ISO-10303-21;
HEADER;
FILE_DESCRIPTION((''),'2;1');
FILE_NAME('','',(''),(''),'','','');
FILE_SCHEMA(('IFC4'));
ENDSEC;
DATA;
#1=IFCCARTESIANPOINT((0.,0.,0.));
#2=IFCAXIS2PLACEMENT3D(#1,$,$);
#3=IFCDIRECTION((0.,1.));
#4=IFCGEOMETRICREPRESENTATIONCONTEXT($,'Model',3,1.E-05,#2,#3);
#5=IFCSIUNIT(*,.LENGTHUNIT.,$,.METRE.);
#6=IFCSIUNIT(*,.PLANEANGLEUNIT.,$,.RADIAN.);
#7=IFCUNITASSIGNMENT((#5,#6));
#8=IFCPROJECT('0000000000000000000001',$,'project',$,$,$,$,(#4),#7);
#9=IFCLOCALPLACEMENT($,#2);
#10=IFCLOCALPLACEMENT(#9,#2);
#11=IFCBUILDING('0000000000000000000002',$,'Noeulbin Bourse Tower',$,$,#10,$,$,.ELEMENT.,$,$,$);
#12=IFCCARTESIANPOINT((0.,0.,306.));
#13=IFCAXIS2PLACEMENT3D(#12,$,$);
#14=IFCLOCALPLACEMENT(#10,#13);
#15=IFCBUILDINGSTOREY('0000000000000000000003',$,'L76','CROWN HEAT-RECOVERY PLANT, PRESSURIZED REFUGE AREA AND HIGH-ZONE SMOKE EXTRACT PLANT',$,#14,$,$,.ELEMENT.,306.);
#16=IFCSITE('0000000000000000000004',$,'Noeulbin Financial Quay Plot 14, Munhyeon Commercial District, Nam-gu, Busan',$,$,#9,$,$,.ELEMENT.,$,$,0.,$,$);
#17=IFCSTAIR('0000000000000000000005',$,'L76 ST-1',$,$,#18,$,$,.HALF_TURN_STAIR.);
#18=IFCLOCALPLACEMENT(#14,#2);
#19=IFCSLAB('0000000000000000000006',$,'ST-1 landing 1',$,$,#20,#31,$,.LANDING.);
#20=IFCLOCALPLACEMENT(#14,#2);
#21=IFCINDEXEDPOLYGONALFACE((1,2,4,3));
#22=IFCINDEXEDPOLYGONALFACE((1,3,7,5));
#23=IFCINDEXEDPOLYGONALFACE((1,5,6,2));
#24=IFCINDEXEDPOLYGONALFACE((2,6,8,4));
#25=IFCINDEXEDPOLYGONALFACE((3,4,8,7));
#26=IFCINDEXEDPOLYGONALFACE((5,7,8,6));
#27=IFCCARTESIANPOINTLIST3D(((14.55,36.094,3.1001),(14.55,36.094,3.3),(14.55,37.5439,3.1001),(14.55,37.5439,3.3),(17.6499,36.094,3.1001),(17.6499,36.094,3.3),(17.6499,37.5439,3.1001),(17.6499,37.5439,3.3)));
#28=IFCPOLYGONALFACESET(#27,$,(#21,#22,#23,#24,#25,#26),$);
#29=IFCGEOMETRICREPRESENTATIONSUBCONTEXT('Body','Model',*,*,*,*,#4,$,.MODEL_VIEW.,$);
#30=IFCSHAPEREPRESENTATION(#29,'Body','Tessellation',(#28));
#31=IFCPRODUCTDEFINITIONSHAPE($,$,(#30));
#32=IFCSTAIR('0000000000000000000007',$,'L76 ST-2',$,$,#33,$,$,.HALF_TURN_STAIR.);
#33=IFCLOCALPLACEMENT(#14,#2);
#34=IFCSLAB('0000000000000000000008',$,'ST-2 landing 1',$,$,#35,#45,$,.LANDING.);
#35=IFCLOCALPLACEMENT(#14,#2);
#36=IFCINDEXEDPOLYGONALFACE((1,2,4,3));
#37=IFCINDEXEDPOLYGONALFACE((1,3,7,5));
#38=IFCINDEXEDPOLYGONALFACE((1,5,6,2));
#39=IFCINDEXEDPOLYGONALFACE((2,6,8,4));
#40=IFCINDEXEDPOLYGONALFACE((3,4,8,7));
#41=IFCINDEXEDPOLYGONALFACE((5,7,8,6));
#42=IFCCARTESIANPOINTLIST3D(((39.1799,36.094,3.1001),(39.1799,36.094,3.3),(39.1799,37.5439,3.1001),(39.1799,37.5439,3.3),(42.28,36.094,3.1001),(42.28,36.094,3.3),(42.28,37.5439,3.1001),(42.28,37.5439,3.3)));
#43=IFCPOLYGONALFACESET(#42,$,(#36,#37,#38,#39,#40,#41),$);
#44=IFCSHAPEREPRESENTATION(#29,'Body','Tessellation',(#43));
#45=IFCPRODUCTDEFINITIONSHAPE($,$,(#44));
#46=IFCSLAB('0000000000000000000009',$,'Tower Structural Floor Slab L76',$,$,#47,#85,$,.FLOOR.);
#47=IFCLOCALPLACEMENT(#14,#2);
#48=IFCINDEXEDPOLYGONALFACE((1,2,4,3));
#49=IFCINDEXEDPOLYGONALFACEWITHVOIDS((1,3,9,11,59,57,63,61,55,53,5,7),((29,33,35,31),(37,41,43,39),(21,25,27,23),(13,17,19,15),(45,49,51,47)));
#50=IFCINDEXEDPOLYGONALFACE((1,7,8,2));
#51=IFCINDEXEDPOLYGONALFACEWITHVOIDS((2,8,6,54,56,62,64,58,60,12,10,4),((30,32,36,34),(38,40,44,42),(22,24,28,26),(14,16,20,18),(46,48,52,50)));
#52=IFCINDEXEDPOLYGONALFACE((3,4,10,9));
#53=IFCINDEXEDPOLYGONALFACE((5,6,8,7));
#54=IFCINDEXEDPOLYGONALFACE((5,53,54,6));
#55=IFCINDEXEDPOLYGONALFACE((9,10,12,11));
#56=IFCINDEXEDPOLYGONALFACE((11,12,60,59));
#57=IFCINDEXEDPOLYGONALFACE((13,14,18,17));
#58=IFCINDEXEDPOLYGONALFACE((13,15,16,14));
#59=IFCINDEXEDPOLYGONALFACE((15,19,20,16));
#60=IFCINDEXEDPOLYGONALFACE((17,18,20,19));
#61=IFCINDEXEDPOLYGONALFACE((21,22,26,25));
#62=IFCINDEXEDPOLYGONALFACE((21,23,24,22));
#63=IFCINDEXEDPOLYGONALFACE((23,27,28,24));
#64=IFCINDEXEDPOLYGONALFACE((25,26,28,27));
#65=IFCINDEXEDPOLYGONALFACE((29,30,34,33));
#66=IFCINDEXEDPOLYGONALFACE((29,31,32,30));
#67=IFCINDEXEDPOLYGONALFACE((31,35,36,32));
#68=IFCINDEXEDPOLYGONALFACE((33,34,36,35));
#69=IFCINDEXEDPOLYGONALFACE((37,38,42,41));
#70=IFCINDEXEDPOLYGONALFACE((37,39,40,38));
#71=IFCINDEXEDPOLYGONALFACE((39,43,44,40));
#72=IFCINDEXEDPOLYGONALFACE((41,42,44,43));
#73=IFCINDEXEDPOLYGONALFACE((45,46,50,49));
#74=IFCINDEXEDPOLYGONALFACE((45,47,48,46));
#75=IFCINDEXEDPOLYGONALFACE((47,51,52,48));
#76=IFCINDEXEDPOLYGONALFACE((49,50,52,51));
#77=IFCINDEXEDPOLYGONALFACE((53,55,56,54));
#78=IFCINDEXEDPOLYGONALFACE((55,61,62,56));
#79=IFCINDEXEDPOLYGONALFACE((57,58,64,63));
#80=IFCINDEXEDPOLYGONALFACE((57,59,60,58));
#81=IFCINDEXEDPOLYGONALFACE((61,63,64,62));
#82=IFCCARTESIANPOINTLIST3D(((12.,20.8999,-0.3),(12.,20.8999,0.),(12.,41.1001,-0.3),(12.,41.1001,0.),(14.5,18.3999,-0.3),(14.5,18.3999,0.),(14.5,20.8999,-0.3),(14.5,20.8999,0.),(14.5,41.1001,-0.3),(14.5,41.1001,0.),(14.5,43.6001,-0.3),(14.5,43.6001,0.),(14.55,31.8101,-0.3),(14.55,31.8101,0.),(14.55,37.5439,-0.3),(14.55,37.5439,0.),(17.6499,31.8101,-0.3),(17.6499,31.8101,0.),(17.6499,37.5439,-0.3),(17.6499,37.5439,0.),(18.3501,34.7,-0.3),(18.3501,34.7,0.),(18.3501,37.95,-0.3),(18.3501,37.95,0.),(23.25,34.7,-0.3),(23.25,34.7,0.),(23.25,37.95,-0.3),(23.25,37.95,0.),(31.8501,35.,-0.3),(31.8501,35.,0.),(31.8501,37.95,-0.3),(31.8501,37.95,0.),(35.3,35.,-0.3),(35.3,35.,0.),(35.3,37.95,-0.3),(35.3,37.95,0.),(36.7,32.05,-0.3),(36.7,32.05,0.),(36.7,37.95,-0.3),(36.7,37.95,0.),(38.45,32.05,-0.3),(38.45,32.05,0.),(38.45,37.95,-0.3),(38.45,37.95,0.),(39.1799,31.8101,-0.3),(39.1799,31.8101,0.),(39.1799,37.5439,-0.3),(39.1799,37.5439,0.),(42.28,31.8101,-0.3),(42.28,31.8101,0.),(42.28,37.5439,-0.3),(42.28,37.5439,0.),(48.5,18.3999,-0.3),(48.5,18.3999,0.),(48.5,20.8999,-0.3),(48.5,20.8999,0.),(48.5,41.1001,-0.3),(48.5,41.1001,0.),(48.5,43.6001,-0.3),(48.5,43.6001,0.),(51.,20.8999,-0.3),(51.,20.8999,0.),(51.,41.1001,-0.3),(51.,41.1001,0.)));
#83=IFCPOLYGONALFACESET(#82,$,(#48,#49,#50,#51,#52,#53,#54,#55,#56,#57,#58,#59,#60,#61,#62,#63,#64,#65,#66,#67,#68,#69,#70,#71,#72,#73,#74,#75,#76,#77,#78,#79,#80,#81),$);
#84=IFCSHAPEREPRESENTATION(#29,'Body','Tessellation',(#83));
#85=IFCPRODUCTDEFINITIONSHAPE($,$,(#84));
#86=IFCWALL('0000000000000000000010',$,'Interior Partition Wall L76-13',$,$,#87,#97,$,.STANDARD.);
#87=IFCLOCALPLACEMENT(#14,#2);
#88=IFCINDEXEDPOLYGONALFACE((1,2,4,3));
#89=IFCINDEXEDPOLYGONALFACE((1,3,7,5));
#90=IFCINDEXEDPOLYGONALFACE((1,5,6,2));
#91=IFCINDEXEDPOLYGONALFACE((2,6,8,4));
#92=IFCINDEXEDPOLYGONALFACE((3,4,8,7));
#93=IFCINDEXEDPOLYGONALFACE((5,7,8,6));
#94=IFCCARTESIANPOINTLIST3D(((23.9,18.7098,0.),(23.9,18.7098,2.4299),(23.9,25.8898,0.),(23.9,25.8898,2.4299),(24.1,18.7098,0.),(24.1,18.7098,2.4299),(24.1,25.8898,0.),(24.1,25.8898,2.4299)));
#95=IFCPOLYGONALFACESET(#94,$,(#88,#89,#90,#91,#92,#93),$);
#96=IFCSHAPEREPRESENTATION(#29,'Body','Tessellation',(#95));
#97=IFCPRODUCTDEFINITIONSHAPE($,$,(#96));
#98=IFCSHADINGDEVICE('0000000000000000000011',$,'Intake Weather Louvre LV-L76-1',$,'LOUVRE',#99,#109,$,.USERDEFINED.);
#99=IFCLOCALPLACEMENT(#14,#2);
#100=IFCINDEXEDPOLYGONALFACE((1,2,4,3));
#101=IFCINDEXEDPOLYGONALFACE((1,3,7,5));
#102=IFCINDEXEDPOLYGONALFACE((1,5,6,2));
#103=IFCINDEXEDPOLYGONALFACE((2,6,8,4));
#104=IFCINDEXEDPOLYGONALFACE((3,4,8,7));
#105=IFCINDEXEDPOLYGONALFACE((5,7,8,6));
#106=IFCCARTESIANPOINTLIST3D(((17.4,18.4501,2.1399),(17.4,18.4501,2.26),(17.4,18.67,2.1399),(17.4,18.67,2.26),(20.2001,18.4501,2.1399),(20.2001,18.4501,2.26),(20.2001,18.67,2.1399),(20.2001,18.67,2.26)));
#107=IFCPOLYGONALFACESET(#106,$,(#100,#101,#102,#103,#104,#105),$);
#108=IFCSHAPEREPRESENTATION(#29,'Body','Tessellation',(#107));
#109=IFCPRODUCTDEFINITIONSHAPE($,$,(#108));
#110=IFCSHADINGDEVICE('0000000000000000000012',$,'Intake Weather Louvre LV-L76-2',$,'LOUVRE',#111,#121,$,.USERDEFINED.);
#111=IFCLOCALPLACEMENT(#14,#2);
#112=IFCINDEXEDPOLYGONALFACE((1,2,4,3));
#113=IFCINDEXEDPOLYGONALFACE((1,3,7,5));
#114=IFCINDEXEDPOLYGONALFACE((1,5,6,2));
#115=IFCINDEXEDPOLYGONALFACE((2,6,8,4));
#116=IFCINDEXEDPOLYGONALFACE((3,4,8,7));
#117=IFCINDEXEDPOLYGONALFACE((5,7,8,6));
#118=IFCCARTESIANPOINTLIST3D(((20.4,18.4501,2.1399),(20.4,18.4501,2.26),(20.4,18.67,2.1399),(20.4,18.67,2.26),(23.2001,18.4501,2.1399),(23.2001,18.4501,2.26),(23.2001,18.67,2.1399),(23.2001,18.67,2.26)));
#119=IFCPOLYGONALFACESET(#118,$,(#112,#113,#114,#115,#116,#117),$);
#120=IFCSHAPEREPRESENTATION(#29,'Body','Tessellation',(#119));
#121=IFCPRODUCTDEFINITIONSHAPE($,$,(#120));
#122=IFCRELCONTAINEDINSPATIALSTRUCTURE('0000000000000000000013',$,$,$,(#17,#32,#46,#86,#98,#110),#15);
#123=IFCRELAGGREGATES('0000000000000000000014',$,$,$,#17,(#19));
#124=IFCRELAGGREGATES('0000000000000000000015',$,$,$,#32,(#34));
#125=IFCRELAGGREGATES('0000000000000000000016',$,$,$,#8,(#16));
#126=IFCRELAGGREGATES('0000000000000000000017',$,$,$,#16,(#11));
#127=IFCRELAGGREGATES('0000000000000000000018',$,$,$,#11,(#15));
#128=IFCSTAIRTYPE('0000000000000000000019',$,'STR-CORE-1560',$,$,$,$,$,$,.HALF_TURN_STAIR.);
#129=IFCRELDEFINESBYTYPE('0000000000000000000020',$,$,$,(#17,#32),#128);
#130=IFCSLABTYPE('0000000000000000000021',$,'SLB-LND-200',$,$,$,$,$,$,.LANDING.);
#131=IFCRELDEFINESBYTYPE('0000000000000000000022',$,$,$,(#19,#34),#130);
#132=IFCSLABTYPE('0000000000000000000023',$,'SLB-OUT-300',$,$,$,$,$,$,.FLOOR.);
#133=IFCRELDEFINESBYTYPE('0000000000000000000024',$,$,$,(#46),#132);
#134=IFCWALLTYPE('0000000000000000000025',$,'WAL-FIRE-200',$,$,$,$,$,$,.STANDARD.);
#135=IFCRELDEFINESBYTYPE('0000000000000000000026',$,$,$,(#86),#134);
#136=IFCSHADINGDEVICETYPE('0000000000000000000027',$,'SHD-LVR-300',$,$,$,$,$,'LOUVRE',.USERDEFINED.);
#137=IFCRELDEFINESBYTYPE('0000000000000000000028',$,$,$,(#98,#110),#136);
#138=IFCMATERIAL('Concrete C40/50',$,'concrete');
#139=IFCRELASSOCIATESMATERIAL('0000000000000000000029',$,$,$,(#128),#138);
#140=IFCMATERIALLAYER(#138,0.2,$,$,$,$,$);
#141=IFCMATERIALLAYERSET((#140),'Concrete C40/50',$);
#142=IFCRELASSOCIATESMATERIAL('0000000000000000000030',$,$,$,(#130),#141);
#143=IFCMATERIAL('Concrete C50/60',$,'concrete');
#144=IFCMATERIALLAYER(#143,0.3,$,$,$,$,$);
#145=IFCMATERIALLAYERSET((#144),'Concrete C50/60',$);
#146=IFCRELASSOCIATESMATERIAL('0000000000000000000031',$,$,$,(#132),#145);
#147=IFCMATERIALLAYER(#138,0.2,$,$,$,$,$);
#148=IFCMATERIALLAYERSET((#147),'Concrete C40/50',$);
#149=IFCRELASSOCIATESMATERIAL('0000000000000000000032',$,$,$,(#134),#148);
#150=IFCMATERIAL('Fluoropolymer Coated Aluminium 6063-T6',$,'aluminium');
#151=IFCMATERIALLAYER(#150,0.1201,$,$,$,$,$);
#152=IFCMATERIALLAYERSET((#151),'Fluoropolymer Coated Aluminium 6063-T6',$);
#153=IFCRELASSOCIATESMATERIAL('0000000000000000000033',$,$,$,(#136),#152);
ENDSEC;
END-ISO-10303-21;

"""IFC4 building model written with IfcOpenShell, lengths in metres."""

from ifc_helpers import new_model, si_unit, direction, frame, frame_2d, origin, origin_2d, place, context, subcontext, project, spatial, polyline, rectangle, outline, extrude, material, layer, layer_set, type_object, element, aggregate, save


model = new_model("IFC4")

# Units and contexts
model_context = context("Model", 3, precision=1e-05, world=origin(), true_north=direction((0.0, 1.0)))
body_context = subcontext(model_context, "Body", "Model", "MODEL_VIEW")
ifc_project = project(units=[si_unit("LENGTHUNIT", "METRE"), si_unit("PLANEANGLEUNIT", "RADIAN")], contexts=[model_context])

# Site, building, storey
site_placement = place(None, origin())
site = spatial("IfcSite", under=ifc_project, at=site_placement, Name="Noeulbin Financial Quay Plot 14, Munhyeon Commercial District, Nam-gu, Busan", CompositionType="ELEMENT", RefElevation=0.0)
building_placement = place(site_placement, origin())
building = spatial("IfcBuilding", under=site, at=building_placement, Name="Noeulbin Bourse Tower", CompositionType="ELEMENT")
storey_placement = place(building_placement, frame((0.0, 0.0, 306.0)))
storey = spatial("IfcBuildingStorey", under=building, at=storey_placement, Name="L76", Description="CROWN HEAT-RECOVERY PLANT, PRESSURIZED REFUGE AREA AND HIGH-ZONE SMOKE EXTRACT PLANT", CompositionType="ELEMENT", Elevation=306.0)

# Stairs, slabs
ifc_material_1 = material(Name="Concrete C40/50", Category="concrete")
stair_type = type_object("IfcStairType", Name="STR-CORE-1560", PredefinedType="HALF_TURN_STAIR", material=ifc_material_1)
stair_1_placement = place(storey_placement, origin())
stair_1 = element("IfcStair", 1, at=stair_1_placement, inside=storey, type_object=stair_type, Name="L76 ST-1", PredefinedType="HALF_TURN_STAIR")
ifc_layer_1 = layer(ifc_material_1, 0.2)
ifc_layer_set_1 = layer_set([ifc_layer_1], Name="Concrete C40/50")
slab_type_1 = type_object("IfcSlabType", Name="SLB-LND-200", PredefinedType="LANDING", material=ifc_layer_set_1)
slab_1_placement = place(storey_placement, frame((0.0, 0.0, 3.1001)))
slab_1 = element("IfcSlab", 2, at=slab_1_placement, type_object=slab_type_1, Name="ST-1 landing 1", PredefinedType="LANDING", context=body_context, shape_type="SweptSolid", body=[
    extrude(outline(polyline([(17.6499, 36.094), (17.6499, 37.5439), (14.55, 37.5439), (14.55, 36.094), (17.6499, 36.094)])), origin(), (0.0, 0.0, 1.0), 0.2),
])
aggregate(stair_1, [slab_1])
stair_2_placement = place(storey_placement, origin())
stair_2 = element("IfcStair", 3, at=stair_2_placement, inside=storey, type_object=stair_type, Name="L76 ST-2", PredefinedType="HALF_TURN_STAIR")
slab_2_placement = place(storey_placement, frame((0.0, 0.0, 3.1001)))
slab_2 = element("IfcSlab", 4, at=slab_2_placement, type_object=slab_type_1, Name="ST-2 landing 1", PredefinedType="LANDING", context=body_context, shape_type="SweptSolid", body=[
    extrude(outline(polyline([(42.28, 36.094), (42.28, 37.5439), (39.1799, 37.5439), (39.1799, 36.094), (42.28, 36.094)])), origin(), (0.0, 0.0, 1.0), 0.2),
])
aggregate(stair_2, [slab_2])

# Slab, openings
ifc_material_2 = material(Name="Concrete C50/60", Category="concrete")
ifc_layer_2 = layer(ifc_material_2, 0.3)
ifc_layer_set_2 = layer_set([ifc_layer_2], Name="Concrete C50/60")
slab_type_2 = type_object("IfcSlabType", Name="SLB-OUT-300", PredefinedType="FLOOR", material=ifc_layer_set_2)
slab_3_placement = place(storey_placement, frame((0.0, 0.0, -0.3)))
slab_3 = element("IfcSlab", 5, at=slab_3_placement, inside=storey, type_object=slab_type_2, Name="Tower Structural Floor Slab L76", PredefinedType="FLOOR", context=body_context, shape_type="SweptSolid", body=[
    extrude(outline(polyline([(14.5, 18.3999), (48.5, 18.3999), (48.5, 20.8999), (51.0, 20.8999), (51.0, 41.1001), (48.5, 41.1001), (48.5, 43.6001), (14.5, 43.6001), (14.5, 41.1001), (12.0, 41.1001), (12.0, 20.8999), (14.5, 20.8999), (14.5, 18.3999)]), holes=[polyline([(17.6499, 31.8101), (17.6499, 37.5439), (14.55, 37.5439), (14.55, 31.8101), (17.6499, 31.8101)]), polyline([(42.28, 31.8101), (42.28, 37.5439), (39.1799, 37.5439), (39.1799, 31.8101), (42.28, 31.8101)]), polyline([(18.3501, 34.7), (23.25, 34.7), (23.25, 37.95), (18.3501, 37.95), (18.3501, 34.7)]), polyline([(36.7, 32.05), (38.45, 32.05), (38.45, 37.95), (36.7, 37.95), (36.7, 32.05)]), polyline([(31.8501, 35.0), (35.3, 35.0), (35.3, 37.95), (31.8501, 37.95), (31.8501, 35.0)])]), origin(), (0.0, 0.0, 1.0), 0.3),
])
opening_1_placement = place(slab_3_placement, frame((0.0, 0.0, -0.01)))
element("IfcOpeningElement", 6, at=opening_1_placement, cuts=slab_3, PredefinedType="OPENING", context=body_context, shape_type="SweptSolid", body=[
    extrude(outline(polyline([(17.6499, 31.8101), (17.6499, 37.5439), (14.55, 37.5439), (14.55, 31.8101), (17.6499, 31.8101)])), origin(), (0.0, 0.0, 1.0), 0.3201),
])
opening_2_placement = place(slab_3_placement, frame((0.0, 0.0, -0.01)))
element("IfcOpeningElement", 7, at=opening_2_placement, cuts=slab_3, PredefinedType="OPENING", context=body_context, shape_type="SweptSolid", body=[
    extrude(outline(polyline([(42.28, 31.8101), (42.28, 37.5439), (39.1799, 37.5439), (39.1799, 31.8101), (42.28, 31.8101)])), origin(), (0.0, 0.0, 1.0), 0.3201),
])
opening_3_placement = place(slab_3_placement, frame((0.0, 0.0, -0.01)))
element("IfcOpeningElement", 8, at=opening_3_placement, cuts=slab_3, PredefinedType="OPENING", context=body_context, shape_type="SweptSolid", body=[
    extrude(outline(polyline([(18.3501, 34.7), (23.25, 34.7), (23.25, 37.95), (18.3501, 37.95), (18.3501, 34.7)])), origin(), (0.0, 0.0, 1.0), 0.3201),
])
opening_4_placement = place(slab_3_placement, frame((0.0, 0.0, -0.01)))
element("IfcOpeningElement", 9, at=opening_4_placement, cuts=slab_3, PredefinedType="OPENING", context=body_context, shape_type="SweptSolid", body=[
    extrude(outline(polyline([(36.7, 32.05), (38.45, 32.05), (38.45, 37.95), (36.7, 37.95), (36.7, 32.05)])), origin(), (0.0, 0.0, 1.0), 0.3201),
])
opening_5_placement = place(slab_3_placement, frame((0.0, 0.0, -0.01)))
element("IfcOpeningElement", 10, at=opening_5_placement, cuts=slab_3, PredefinedType="OPENING", context=body_context, shape_type="SweptSolid", body=[
    extrude(outline(polyline([(31.8501, 35.0), (35.3, 35.0), (35.3, 37.95), (31.8501, 37.95), (31.8501, 35.0)])), origin(), (0.0, 0.0, 1.0), 0.3201),
])

# Wall
ifc_layer_3 = layer(ifc_material_1, 0.2)
ifc_layer_set_3 = layer_set([ifc_layer_3], Name="Concrete C40/50")
wall_type = type_object("IfcWallType", Name="WAL-FIRE-200", PredefinedType="STANDARD", material=ifc_layer_set_3)
wall_placement = place(storey_placement, frame((24.0, 18.71, 0.0), z_axis=(0.0, 0.0, 1.0), x_axis=(0.0, 1.0, 0.0)))
element("IfcWall", 11, at=wall_placement, inside=storey, type_object=wall_type, Name="Interior Partition Wall L76-13", PredefinedType="STANDARD", context=body_context, shape_type="SweptSolid", body=[
    extrude(rectangle(XDim=7.1799, YDim=0.2, at=frame_2d((3.5898, 0.0))), origin(), (0.0, 0.0, 1.0), 2.4299),
])

# Shading devices
ifc_material_3 = material(Name="Fluoropolymer Coated Aluminium 6063-T6", Category="aluminium")
ifc_layer_4 = layer(ifc_material_3, 0.1201)
ifc_layer_set_4 = layer_set([ifc_layer_4], Name="Fluoropolymer Coated Aluminium 6063-T6")
shading_device_type = type_object("IfcShadingDeviceType", Name="SHD-LVR-300", ElementType="LOUVRE", PredefinedType="USERDEFINED", material=ifc_layer_set_4)
for number, where, z_axis, x_axis, name in (
    (12, (18.8, 18.5601, 2.1399), (0.0, 0.0, 1.0), (1.0, 0.0, 0.0), "Intake Weather Louvre LV-L76-1"),
    (13, (21.8, 18.5601, 2.1399), (0.0, 0.0, 1.0), (1.0, 0.0, 0.0), "Intake Weather Louvre LV-L76-2"),
):
    element("IfcShadingDevice", number, at=place(storey_placement, frame(where, z_axis=z_axis, x_axis=x_axis)), inside=storey, type_object=shading_device_type, Name=name, ObjectType="LOUVRE", PredefinedType="USERDEFINED", context=body_context, shape_type="SweptSolid", body=[
        extrude(rectangle(XDim=2.8, YDim=0.22, at=origin_2d()), origin(), (0.0, 0.0, 1.0), 0.1201),
    ])

save(model, "model.ifc")
